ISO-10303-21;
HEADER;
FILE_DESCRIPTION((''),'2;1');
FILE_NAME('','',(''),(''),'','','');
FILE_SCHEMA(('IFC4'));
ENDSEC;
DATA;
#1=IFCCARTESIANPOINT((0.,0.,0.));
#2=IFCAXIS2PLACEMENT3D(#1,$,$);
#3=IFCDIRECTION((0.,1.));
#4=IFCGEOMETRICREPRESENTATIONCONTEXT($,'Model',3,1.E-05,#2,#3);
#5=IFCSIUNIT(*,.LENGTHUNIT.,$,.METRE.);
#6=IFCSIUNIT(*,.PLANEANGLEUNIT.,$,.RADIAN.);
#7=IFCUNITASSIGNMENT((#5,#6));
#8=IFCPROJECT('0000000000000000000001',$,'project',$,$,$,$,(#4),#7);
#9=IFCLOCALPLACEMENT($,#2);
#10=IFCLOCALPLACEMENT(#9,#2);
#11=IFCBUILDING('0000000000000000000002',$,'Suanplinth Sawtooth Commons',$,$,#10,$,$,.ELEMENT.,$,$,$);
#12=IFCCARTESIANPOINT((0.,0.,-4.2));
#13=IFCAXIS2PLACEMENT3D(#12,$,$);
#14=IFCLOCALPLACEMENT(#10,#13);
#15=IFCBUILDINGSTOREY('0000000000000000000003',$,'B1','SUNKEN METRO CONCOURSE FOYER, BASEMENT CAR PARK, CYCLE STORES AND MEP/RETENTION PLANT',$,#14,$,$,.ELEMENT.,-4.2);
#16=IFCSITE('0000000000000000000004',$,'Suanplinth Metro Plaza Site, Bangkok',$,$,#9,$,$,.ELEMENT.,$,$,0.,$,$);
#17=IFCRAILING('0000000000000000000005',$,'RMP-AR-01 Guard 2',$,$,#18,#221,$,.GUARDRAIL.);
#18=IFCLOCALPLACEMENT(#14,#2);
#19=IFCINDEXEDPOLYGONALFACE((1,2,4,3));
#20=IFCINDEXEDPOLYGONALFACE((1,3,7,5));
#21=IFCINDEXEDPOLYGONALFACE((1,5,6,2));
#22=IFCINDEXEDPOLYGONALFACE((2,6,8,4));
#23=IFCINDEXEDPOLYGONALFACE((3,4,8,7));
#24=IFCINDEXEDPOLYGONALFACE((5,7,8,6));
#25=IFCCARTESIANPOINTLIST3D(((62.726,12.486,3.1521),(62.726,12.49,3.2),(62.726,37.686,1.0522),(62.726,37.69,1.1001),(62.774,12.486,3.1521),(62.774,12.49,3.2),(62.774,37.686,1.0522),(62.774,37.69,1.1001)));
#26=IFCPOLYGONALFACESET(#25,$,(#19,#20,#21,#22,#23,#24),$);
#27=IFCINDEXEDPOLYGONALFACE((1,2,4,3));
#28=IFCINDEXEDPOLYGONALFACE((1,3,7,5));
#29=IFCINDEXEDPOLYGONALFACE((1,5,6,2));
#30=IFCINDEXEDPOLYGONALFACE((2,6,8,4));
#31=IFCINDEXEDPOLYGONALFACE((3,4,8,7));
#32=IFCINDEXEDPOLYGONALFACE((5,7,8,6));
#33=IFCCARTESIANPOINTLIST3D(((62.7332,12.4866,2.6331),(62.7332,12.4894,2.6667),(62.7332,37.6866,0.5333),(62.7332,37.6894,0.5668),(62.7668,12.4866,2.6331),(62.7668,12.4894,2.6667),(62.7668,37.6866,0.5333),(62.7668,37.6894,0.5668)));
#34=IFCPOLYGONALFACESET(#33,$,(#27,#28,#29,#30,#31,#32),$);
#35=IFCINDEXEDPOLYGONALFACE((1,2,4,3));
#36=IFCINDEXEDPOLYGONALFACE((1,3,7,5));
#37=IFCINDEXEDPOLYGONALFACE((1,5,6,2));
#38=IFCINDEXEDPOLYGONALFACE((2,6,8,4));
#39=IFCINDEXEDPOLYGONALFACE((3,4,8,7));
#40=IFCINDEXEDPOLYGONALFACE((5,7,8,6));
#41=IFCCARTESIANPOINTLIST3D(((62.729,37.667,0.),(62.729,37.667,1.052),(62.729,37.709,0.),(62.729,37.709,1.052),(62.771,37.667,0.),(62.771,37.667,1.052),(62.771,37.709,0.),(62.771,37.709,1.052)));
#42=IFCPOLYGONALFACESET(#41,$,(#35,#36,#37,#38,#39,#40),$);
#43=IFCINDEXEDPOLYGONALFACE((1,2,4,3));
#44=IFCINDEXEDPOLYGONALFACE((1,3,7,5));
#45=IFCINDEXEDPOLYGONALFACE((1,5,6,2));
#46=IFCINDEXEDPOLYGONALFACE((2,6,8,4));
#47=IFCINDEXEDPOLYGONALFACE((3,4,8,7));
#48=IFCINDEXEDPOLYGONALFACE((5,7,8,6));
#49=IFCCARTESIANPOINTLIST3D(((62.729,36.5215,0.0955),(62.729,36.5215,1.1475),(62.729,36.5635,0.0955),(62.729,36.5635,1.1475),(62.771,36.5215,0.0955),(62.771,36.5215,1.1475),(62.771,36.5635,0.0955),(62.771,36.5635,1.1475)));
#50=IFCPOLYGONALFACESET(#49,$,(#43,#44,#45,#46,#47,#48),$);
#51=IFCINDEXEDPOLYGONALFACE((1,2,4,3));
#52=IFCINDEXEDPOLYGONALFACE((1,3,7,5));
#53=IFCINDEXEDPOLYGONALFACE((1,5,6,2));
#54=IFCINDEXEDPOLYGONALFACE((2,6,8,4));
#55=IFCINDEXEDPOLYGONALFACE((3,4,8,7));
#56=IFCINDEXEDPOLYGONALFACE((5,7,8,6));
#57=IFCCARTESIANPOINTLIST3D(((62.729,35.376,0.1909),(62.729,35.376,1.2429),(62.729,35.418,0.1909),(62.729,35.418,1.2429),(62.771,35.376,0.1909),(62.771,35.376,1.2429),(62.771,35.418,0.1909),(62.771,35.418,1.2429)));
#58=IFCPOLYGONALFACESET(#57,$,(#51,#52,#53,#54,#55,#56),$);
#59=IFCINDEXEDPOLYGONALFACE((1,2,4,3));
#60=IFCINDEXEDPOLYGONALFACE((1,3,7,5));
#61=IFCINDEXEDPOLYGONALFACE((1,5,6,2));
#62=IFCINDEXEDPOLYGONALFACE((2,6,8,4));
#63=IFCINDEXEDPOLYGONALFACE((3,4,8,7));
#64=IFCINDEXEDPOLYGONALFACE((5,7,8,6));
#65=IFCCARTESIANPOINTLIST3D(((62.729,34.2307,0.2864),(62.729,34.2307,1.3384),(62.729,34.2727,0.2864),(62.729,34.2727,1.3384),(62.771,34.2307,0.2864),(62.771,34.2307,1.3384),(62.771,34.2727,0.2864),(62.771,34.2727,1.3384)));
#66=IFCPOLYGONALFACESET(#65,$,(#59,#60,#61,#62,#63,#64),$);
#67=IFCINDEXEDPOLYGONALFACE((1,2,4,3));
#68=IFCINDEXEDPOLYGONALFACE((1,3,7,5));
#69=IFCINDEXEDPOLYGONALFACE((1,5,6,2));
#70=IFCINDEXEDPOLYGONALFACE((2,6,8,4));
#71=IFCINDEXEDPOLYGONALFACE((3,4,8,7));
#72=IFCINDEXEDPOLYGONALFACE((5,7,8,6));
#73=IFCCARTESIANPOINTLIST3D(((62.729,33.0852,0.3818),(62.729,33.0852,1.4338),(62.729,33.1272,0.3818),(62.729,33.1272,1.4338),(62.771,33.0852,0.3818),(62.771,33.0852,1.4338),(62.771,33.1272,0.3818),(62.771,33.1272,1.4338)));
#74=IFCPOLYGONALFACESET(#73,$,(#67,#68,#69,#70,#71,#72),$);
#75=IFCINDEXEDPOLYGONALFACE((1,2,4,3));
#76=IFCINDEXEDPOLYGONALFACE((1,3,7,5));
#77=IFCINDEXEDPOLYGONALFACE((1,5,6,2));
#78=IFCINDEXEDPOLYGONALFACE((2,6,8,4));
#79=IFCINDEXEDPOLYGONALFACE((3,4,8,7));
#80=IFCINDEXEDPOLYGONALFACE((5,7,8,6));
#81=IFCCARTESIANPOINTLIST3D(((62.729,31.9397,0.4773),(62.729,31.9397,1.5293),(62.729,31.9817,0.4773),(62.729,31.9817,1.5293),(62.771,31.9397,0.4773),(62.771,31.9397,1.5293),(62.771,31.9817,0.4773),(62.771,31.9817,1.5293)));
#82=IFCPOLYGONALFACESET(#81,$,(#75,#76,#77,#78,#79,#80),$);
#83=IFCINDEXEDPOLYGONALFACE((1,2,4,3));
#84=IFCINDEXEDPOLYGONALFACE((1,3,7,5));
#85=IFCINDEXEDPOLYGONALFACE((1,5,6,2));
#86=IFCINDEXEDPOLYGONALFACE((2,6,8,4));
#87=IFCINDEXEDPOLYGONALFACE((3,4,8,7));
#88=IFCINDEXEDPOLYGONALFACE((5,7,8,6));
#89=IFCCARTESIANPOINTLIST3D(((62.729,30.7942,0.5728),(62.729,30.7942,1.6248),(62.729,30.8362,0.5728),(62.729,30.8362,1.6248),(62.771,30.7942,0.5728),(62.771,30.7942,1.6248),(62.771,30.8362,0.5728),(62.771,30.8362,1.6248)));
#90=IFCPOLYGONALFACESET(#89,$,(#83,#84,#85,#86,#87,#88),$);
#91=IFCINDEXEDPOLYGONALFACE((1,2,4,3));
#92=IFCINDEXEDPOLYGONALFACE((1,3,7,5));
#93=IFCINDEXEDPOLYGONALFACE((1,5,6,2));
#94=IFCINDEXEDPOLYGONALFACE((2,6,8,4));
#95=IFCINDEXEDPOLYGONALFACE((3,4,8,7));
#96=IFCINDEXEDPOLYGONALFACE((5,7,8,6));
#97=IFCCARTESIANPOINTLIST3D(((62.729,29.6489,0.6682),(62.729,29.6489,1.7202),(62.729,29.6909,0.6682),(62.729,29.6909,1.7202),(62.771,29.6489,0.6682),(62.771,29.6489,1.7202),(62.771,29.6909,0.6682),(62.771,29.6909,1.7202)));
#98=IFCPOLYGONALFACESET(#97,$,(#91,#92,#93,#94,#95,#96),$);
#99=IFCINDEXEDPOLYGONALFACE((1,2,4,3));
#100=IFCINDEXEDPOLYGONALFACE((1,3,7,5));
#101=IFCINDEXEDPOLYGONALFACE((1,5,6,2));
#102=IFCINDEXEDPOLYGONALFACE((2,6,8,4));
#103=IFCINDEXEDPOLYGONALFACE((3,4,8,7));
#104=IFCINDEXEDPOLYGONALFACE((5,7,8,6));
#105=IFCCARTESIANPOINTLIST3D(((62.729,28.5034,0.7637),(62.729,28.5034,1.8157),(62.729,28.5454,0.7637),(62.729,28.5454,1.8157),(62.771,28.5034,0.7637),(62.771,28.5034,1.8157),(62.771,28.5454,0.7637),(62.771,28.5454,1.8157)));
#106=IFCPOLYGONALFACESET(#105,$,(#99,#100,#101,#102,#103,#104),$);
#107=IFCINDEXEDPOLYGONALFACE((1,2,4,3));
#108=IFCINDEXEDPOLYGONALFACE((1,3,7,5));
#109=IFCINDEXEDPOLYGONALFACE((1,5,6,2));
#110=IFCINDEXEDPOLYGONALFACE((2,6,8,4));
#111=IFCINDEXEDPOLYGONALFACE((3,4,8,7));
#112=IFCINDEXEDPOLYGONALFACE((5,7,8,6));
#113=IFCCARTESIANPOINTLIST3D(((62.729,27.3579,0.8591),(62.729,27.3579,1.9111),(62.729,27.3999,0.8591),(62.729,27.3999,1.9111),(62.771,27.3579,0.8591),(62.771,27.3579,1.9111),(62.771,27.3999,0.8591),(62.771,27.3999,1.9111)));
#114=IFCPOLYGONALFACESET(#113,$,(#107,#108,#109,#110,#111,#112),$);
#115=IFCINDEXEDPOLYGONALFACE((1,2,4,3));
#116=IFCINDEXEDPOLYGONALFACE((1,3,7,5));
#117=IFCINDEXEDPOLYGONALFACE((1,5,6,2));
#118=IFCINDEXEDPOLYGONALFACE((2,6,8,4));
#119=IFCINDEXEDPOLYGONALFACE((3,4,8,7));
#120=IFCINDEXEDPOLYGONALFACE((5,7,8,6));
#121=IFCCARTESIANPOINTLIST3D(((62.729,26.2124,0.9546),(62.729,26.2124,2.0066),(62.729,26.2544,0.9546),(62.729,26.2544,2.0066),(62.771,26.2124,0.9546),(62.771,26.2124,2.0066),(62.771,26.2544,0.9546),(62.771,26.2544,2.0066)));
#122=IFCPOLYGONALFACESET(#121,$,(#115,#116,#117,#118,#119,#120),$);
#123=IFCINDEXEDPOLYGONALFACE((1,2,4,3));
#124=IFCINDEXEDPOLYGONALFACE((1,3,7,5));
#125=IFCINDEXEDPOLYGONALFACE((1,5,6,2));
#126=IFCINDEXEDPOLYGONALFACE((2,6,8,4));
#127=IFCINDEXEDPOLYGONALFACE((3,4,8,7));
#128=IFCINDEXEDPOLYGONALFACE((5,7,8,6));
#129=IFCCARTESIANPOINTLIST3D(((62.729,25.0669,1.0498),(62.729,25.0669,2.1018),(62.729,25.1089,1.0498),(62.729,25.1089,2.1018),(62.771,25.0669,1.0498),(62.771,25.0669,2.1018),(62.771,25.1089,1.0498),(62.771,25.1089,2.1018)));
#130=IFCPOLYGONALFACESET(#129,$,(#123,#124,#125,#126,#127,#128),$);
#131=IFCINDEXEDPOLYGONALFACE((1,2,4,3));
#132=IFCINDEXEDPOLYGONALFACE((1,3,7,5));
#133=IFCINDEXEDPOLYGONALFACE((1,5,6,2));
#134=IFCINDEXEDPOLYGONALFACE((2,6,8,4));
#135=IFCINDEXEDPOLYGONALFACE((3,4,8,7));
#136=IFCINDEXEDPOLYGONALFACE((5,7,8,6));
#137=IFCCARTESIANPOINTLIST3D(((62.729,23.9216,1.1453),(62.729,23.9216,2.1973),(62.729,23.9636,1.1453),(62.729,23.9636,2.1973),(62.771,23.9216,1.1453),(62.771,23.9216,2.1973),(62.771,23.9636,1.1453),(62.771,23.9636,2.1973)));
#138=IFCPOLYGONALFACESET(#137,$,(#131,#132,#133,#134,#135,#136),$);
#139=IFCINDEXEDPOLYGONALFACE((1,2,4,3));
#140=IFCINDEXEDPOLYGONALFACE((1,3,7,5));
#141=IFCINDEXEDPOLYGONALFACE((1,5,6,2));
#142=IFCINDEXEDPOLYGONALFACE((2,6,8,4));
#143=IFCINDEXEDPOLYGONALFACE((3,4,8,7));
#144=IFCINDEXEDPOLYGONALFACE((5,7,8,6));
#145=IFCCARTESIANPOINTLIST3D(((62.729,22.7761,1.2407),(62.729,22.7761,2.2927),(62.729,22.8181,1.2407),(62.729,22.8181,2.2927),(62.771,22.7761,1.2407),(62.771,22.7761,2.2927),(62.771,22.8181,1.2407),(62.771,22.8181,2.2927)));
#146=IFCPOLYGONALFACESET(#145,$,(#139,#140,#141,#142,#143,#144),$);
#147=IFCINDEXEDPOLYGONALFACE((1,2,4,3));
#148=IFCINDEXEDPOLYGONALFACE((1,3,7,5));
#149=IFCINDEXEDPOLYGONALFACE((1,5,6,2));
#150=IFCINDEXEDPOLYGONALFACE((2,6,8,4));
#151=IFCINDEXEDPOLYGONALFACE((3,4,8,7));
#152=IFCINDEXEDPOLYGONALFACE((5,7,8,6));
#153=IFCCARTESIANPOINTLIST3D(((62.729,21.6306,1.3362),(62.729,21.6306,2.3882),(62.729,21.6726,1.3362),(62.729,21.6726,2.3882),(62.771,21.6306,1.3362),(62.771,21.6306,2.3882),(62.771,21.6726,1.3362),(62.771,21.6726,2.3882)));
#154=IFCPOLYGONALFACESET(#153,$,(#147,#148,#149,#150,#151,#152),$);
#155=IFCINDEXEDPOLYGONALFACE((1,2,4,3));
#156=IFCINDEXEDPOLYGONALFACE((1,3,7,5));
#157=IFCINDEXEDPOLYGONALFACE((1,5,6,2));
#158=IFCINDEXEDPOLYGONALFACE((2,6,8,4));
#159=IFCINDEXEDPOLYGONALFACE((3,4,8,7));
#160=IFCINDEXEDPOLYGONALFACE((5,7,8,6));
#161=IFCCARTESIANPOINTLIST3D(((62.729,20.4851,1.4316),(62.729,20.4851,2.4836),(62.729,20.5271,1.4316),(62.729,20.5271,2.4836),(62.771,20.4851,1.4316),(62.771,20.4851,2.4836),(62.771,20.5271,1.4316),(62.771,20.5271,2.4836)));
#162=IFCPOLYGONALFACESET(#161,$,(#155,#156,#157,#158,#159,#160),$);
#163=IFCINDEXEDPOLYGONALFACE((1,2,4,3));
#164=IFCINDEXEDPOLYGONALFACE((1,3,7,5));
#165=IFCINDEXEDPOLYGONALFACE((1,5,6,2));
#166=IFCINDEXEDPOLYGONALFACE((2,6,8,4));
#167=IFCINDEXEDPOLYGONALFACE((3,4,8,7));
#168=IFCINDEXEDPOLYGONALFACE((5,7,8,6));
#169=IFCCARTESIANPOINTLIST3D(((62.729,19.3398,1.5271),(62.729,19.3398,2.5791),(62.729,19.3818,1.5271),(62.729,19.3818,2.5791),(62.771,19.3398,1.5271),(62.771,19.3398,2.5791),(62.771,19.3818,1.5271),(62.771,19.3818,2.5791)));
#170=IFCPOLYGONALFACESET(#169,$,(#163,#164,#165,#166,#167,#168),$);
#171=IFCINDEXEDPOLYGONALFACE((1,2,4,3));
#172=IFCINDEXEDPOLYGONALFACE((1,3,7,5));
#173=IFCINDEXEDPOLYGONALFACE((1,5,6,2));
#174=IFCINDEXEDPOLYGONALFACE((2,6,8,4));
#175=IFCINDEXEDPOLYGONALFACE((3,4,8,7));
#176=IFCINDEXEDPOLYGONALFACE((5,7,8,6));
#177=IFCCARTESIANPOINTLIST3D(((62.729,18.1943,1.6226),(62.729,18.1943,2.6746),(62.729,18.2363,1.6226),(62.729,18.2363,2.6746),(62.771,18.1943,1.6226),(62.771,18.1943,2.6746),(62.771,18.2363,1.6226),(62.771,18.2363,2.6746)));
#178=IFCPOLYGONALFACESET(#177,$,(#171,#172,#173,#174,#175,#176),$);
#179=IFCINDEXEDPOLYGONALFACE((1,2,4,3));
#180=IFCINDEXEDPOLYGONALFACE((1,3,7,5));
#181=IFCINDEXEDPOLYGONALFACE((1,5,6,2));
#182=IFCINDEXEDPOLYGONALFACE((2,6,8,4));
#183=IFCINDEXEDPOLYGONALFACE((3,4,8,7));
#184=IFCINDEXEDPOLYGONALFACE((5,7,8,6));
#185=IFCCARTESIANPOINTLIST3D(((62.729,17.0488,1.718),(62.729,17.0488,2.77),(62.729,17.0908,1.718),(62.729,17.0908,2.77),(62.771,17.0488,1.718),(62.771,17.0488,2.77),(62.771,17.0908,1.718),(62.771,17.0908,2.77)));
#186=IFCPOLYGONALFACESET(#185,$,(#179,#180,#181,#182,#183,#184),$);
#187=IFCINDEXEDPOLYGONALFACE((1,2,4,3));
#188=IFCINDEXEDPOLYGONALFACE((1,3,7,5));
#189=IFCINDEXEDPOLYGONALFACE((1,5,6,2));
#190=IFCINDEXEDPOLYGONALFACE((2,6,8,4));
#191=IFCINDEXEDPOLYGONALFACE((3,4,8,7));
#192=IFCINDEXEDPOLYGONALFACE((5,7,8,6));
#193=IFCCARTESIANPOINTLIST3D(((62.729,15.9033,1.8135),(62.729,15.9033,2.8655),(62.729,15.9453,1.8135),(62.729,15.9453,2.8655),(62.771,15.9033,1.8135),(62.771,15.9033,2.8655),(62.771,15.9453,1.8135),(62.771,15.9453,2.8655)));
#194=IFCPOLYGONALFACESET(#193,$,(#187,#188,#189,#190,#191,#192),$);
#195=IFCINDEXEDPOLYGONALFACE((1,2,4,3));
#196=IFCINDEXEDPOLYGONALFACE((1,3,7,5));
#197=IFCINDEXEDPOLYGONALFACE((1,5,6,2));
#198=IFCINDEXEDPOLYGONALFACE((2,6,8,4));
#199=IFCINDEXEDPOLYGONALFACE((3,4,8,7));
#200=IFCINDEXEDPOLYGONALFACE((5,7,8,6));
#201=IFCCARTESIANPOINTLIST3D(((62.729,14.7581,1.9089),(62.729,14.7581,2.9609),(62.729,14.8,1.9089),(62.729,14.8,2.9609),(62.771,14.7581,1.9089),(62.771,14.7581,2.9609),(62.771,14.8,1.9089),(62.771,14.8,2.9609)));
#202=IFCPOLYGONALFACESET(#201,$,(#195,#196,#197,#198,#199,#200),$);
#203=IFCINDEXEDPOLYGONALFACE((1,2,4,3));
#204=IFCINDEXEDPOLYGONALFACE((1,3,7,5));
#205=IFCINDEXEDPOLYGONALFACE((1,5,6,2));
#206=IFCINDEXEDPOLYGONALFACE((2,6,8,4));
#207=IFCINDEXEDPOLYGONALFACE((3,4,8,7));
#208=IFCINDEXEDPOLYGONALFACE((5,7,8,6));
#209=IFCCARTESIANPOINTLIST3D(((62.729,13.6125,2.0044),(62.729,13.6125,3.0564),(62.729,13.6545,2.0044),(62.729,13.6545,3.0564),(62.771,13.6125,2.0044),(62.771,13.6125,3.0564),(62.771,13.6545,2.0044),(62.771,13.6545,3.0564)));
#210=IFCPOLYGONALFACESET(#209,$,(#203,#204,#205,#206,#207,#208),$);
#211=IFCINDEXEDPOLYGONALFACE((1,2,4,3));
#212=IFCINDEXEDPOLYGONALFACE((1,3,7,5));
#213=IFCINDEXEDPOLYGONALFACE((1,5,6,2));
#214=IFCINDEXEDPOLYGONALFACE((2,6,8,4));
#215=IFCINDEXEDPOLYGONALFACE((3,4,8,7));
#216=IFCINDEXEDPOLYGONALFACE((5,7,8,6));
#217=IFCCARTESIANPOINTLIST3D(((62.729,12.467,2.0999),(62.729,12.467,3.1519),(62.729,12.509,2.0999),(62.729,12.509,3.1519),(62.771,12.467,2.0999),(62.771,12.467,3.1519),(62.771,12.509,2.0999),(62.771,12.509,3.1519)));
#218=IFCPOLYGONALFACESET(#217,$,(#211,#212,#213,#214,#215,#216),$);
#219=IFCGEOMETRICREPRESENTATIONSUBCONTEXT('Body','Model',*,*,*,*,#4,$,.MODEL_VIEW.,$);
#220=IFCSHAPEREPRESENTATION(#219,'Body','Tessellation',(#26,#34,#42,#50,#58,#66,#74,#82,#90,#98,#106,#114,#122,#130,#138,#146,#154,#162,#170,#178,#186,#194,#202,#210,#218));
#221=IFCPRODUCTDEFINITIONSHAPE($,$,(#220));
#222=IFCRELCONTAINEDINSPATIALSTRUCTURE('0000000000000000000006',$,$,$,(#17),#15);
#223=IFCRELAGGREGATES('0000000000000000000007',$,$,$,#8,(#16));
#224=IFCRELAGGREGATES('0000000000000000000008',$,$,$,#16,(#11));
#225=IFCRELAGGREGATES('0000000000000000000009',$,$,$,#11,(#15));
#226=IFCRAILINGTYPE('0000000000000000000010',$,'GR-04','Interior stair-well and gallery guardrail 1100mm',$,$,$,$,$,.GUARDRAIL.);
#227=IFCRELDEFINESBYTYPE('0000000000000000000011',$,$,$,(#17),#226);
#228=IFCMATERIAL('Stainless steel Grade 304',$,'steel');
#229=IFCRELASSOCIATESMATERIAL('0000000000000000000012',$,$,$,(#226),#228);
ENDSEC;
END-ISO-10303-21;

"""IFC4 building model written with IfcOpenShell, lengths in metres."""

from ifc_helpers import new_model, si_unit, direction, frame, origin, origin_2d, place, context, subcontext, project, spatial, rectangle, extrude, material, type_object, element, save


model = new_model("IFC4")

# Units and contexts
model_context = context("Model", 3, precision=1e-05, world=origin(), true_north=direction((0.0, 1.0)))
body_context = subcontext(model_context, "Body", "Model", "MODEL_VIEW")
ifc_project = project(units=[si_unit("LENGTHUNIT", "METRE"), si_unit("PLANEANGLEUNIT", "RADIAN")], contexts=[model_context])

# Site, building, storey
site_placement = place(None, origin())
site = spatial("IfcSite", under=ifc_project, at=site_placement, Name="Suanplinth Metro Plaza Site, Bangkok", CompositionType="ELEMENT", RefElevation=0.0)
building_placement = place(site_placement, origin())
building = spatial("IfcBuilding", under=site, at=building_placement, Name="Suanplinth Sawtooth Commons", CompositionType="ELEMENT")
storey_placement = place(building_placement, frame((0.0, 0.0, -4.2)))
storey = spatial("IfcBuildingStorey", under=building, at=storey_placement, Name="B1", Description="SUNKEN METRO CONCOURSE FOYER, BASEMENT CAR PARK, CYCLE STORES AND MEP/RETENTION PLANT", CompositionType="ELEMENT", Elevation=-4.2)

# Railing
ifc_material_1 = material(Name="Stainless steel Grade 304", Category="steel")
railing_type_1 = type_object("IfcRailingType", Name="GR-04", Description="Interior stair-well and gallery guardrail 1100mm", PredefinedType="GUARDRAIL", material=ifc_material_1)
railing_1_placement = place(storey_placement, frame((62.75, 37.688, 0.0)))
element("IfcRailing", 1, at=railing_1_placement, inside=storey, type_object=railing_type_1, Name="RMP-AR-01 Guard 2", PredefinedType="GUARDRAIL", context=body_context, shape_type="SweptSolid", body=[
    extrude(rectangle(XDim=0.0481, YDim=0.0481, at=origin_2d()), frame((0.0, 0.0, 1.0762), z_axis=(0.0, -0.996546, 0.08304), x_axis=(1.0, 0.0, 0.0)), (0.0, 0.0, 1.0), 25.2874),
    extrude(rectangle(XDim=0.0337, YDim=0.0337, at=origin_2d()), frame((0.0, 0.0, 0.55), z_axis=(0.0, -0.996546, 0.08304), x_axis=(1.0, 0.0, 0.0)), (0.0, 0.0, 1.0), 25.2874),
    extrude(rectangle(XDim=0.042, YDim=0.042, at=origin_2d()), origin(), (0.0, 0.0, 1.0), 1.052),
    extrude(rectangle(XDim=0.042, YDim=0.042, at=origin_2d()), frame((0.0, -1.1455, 0.0955)), (0.0, 0.0, 1.0), 1.052),
    extrude(rectangle(XDim=0.042, YDim=0.042, at=origin_2d()), frame((0.0, -2.291, 0.1909)), (0.0, 0.0, 1.0), 1.052),
    extrude(rectangle(XDim=0.042, YDim=0.042, at=origin_2d()), frame((0.0, -3.4363, 0.2864)), (0.0, 0.0, 1.0), 1.052),
    extrude(rectangle(XDim=0.042, YDim=0.042, at=origin_2d()), frame((0.0, -4.5818, 0.3818)), (0.0, 0.0, 1.0), 1.052),
    extrude(rectangle(XDim=0.042, YDim=0.042, at=origin_2d()), frame((0.0, -5.7273, 0.4773)), (0.0, 0.0, 1.0), 1.052),
    extrude(rectangle(XDim=0.042, YDim=0.042, at=origin_2d()), frame((0.0, -6.8728, 0.5728)), (0.0, 0.0, 1.0), 1.052),
    extrude(rectangle(XDim=0.042, YDim=0.042, at=origin_2d()), frame((0.0, -8.0181, 0.6682)), (0.0, 0.0, 1.0), 1.052),
    extrude(rectangle(XDim=0.042, YDim=0.042, at=origin_2d()), frame((0.0, -9.1636, 0.7637)), (0.0, 0.0, 1.0), 1.052),
    extrude(rectangle(XDim=0.042, YDim=0.042, at=origin_2d()), frame((0.0, -10.3091, 0.8591)), (0.0, 0.0, 1.0), 1.052),
    extrude(rectangle(XDim=0.042, YDim=0.042, at=origin_2d()), frame((0.0, -11.4546, 0.9546)), (0.0, 0.0, 1.0), 1.052),
    extrude(rectangle(XDim=0.042, YDim=0.042, at=origin_2d()), frame((0.0, -12.6001, 1.0498)), (0.0, 0.0, 1.0), 1.052),
    extrude(rectangle(XDim=0.042, YDim=0.042, at=origin_2d()), frame((0.0, -13.7454, 1.1453)), (0.0, 0.0, 1.0), 1.052),
    extrude(rectangle(XDim=0.042, YDim=0.042, at=origin_2d()), frame((0.0, -14.8909, 1.2407)), (0.0, 0.0, 1.0), 1.052),
    extrude(rectangle(XDim=0.042, YDim=0.042, at=origin_2d()), frame((0.0, -16.0364, 1.3362)), (0.0, 0.0, 1.0), 1.052),
    extrude(rectangle(XDim=0.042, YDim=0.042, at=origin_2d()), frame((0.0, -17.1819, 1.4316)), (0.0, 0.0, 1.0), 1.052),
    extrude(rectangle(XDim=0.042, YDim=0.042, at=origin_2d()), frame((0.0, -18.3271, 1.5271)), (0.0, 0.0, 1.0), 1.052),
    extrude(rectangle(XDim=0.042, YDim=0.042, at=origin_2d()), frame((0.0, -19.4727, 1.6226)), (0.0, 0.0, 1.0), 1.052),
    extrude(rectangle(XDim=0.042, YDim=0.042, at=origin_2d()), frame((0.0, -20.6182, 1.718)), (0.0, 0.0, 1.0), 1.052),
    extrude(rectangle(XDim=0.042, YDim=0.042, at=origin_2d()), frame((0.0, -21.7637, 1.8135)), (0.0, 0.0, 1.0), 1.052),
    extrude(rectangle(XDim=0.042, YDim=0.042, at=origin_2d()), frame((0.0, -22.9089, 1.9089)), (0.0, 0.0, 1.0), 1.052),
    extrude(rectangle(XDim=0.042, YDim=0.042, at=origin_2d()), frame((0.0, -24.0544, 2.0044)), (0.0, 0.0, 1.0), 1.052),
    extrude(rectangle(XDim=0.042, YDim=0.042, at=origin_2d()), frame((0.0, -25.2, 2.0999)), (0.0, 0.0, 1.0), 1.052),
])

save(model, "model.ifc")
